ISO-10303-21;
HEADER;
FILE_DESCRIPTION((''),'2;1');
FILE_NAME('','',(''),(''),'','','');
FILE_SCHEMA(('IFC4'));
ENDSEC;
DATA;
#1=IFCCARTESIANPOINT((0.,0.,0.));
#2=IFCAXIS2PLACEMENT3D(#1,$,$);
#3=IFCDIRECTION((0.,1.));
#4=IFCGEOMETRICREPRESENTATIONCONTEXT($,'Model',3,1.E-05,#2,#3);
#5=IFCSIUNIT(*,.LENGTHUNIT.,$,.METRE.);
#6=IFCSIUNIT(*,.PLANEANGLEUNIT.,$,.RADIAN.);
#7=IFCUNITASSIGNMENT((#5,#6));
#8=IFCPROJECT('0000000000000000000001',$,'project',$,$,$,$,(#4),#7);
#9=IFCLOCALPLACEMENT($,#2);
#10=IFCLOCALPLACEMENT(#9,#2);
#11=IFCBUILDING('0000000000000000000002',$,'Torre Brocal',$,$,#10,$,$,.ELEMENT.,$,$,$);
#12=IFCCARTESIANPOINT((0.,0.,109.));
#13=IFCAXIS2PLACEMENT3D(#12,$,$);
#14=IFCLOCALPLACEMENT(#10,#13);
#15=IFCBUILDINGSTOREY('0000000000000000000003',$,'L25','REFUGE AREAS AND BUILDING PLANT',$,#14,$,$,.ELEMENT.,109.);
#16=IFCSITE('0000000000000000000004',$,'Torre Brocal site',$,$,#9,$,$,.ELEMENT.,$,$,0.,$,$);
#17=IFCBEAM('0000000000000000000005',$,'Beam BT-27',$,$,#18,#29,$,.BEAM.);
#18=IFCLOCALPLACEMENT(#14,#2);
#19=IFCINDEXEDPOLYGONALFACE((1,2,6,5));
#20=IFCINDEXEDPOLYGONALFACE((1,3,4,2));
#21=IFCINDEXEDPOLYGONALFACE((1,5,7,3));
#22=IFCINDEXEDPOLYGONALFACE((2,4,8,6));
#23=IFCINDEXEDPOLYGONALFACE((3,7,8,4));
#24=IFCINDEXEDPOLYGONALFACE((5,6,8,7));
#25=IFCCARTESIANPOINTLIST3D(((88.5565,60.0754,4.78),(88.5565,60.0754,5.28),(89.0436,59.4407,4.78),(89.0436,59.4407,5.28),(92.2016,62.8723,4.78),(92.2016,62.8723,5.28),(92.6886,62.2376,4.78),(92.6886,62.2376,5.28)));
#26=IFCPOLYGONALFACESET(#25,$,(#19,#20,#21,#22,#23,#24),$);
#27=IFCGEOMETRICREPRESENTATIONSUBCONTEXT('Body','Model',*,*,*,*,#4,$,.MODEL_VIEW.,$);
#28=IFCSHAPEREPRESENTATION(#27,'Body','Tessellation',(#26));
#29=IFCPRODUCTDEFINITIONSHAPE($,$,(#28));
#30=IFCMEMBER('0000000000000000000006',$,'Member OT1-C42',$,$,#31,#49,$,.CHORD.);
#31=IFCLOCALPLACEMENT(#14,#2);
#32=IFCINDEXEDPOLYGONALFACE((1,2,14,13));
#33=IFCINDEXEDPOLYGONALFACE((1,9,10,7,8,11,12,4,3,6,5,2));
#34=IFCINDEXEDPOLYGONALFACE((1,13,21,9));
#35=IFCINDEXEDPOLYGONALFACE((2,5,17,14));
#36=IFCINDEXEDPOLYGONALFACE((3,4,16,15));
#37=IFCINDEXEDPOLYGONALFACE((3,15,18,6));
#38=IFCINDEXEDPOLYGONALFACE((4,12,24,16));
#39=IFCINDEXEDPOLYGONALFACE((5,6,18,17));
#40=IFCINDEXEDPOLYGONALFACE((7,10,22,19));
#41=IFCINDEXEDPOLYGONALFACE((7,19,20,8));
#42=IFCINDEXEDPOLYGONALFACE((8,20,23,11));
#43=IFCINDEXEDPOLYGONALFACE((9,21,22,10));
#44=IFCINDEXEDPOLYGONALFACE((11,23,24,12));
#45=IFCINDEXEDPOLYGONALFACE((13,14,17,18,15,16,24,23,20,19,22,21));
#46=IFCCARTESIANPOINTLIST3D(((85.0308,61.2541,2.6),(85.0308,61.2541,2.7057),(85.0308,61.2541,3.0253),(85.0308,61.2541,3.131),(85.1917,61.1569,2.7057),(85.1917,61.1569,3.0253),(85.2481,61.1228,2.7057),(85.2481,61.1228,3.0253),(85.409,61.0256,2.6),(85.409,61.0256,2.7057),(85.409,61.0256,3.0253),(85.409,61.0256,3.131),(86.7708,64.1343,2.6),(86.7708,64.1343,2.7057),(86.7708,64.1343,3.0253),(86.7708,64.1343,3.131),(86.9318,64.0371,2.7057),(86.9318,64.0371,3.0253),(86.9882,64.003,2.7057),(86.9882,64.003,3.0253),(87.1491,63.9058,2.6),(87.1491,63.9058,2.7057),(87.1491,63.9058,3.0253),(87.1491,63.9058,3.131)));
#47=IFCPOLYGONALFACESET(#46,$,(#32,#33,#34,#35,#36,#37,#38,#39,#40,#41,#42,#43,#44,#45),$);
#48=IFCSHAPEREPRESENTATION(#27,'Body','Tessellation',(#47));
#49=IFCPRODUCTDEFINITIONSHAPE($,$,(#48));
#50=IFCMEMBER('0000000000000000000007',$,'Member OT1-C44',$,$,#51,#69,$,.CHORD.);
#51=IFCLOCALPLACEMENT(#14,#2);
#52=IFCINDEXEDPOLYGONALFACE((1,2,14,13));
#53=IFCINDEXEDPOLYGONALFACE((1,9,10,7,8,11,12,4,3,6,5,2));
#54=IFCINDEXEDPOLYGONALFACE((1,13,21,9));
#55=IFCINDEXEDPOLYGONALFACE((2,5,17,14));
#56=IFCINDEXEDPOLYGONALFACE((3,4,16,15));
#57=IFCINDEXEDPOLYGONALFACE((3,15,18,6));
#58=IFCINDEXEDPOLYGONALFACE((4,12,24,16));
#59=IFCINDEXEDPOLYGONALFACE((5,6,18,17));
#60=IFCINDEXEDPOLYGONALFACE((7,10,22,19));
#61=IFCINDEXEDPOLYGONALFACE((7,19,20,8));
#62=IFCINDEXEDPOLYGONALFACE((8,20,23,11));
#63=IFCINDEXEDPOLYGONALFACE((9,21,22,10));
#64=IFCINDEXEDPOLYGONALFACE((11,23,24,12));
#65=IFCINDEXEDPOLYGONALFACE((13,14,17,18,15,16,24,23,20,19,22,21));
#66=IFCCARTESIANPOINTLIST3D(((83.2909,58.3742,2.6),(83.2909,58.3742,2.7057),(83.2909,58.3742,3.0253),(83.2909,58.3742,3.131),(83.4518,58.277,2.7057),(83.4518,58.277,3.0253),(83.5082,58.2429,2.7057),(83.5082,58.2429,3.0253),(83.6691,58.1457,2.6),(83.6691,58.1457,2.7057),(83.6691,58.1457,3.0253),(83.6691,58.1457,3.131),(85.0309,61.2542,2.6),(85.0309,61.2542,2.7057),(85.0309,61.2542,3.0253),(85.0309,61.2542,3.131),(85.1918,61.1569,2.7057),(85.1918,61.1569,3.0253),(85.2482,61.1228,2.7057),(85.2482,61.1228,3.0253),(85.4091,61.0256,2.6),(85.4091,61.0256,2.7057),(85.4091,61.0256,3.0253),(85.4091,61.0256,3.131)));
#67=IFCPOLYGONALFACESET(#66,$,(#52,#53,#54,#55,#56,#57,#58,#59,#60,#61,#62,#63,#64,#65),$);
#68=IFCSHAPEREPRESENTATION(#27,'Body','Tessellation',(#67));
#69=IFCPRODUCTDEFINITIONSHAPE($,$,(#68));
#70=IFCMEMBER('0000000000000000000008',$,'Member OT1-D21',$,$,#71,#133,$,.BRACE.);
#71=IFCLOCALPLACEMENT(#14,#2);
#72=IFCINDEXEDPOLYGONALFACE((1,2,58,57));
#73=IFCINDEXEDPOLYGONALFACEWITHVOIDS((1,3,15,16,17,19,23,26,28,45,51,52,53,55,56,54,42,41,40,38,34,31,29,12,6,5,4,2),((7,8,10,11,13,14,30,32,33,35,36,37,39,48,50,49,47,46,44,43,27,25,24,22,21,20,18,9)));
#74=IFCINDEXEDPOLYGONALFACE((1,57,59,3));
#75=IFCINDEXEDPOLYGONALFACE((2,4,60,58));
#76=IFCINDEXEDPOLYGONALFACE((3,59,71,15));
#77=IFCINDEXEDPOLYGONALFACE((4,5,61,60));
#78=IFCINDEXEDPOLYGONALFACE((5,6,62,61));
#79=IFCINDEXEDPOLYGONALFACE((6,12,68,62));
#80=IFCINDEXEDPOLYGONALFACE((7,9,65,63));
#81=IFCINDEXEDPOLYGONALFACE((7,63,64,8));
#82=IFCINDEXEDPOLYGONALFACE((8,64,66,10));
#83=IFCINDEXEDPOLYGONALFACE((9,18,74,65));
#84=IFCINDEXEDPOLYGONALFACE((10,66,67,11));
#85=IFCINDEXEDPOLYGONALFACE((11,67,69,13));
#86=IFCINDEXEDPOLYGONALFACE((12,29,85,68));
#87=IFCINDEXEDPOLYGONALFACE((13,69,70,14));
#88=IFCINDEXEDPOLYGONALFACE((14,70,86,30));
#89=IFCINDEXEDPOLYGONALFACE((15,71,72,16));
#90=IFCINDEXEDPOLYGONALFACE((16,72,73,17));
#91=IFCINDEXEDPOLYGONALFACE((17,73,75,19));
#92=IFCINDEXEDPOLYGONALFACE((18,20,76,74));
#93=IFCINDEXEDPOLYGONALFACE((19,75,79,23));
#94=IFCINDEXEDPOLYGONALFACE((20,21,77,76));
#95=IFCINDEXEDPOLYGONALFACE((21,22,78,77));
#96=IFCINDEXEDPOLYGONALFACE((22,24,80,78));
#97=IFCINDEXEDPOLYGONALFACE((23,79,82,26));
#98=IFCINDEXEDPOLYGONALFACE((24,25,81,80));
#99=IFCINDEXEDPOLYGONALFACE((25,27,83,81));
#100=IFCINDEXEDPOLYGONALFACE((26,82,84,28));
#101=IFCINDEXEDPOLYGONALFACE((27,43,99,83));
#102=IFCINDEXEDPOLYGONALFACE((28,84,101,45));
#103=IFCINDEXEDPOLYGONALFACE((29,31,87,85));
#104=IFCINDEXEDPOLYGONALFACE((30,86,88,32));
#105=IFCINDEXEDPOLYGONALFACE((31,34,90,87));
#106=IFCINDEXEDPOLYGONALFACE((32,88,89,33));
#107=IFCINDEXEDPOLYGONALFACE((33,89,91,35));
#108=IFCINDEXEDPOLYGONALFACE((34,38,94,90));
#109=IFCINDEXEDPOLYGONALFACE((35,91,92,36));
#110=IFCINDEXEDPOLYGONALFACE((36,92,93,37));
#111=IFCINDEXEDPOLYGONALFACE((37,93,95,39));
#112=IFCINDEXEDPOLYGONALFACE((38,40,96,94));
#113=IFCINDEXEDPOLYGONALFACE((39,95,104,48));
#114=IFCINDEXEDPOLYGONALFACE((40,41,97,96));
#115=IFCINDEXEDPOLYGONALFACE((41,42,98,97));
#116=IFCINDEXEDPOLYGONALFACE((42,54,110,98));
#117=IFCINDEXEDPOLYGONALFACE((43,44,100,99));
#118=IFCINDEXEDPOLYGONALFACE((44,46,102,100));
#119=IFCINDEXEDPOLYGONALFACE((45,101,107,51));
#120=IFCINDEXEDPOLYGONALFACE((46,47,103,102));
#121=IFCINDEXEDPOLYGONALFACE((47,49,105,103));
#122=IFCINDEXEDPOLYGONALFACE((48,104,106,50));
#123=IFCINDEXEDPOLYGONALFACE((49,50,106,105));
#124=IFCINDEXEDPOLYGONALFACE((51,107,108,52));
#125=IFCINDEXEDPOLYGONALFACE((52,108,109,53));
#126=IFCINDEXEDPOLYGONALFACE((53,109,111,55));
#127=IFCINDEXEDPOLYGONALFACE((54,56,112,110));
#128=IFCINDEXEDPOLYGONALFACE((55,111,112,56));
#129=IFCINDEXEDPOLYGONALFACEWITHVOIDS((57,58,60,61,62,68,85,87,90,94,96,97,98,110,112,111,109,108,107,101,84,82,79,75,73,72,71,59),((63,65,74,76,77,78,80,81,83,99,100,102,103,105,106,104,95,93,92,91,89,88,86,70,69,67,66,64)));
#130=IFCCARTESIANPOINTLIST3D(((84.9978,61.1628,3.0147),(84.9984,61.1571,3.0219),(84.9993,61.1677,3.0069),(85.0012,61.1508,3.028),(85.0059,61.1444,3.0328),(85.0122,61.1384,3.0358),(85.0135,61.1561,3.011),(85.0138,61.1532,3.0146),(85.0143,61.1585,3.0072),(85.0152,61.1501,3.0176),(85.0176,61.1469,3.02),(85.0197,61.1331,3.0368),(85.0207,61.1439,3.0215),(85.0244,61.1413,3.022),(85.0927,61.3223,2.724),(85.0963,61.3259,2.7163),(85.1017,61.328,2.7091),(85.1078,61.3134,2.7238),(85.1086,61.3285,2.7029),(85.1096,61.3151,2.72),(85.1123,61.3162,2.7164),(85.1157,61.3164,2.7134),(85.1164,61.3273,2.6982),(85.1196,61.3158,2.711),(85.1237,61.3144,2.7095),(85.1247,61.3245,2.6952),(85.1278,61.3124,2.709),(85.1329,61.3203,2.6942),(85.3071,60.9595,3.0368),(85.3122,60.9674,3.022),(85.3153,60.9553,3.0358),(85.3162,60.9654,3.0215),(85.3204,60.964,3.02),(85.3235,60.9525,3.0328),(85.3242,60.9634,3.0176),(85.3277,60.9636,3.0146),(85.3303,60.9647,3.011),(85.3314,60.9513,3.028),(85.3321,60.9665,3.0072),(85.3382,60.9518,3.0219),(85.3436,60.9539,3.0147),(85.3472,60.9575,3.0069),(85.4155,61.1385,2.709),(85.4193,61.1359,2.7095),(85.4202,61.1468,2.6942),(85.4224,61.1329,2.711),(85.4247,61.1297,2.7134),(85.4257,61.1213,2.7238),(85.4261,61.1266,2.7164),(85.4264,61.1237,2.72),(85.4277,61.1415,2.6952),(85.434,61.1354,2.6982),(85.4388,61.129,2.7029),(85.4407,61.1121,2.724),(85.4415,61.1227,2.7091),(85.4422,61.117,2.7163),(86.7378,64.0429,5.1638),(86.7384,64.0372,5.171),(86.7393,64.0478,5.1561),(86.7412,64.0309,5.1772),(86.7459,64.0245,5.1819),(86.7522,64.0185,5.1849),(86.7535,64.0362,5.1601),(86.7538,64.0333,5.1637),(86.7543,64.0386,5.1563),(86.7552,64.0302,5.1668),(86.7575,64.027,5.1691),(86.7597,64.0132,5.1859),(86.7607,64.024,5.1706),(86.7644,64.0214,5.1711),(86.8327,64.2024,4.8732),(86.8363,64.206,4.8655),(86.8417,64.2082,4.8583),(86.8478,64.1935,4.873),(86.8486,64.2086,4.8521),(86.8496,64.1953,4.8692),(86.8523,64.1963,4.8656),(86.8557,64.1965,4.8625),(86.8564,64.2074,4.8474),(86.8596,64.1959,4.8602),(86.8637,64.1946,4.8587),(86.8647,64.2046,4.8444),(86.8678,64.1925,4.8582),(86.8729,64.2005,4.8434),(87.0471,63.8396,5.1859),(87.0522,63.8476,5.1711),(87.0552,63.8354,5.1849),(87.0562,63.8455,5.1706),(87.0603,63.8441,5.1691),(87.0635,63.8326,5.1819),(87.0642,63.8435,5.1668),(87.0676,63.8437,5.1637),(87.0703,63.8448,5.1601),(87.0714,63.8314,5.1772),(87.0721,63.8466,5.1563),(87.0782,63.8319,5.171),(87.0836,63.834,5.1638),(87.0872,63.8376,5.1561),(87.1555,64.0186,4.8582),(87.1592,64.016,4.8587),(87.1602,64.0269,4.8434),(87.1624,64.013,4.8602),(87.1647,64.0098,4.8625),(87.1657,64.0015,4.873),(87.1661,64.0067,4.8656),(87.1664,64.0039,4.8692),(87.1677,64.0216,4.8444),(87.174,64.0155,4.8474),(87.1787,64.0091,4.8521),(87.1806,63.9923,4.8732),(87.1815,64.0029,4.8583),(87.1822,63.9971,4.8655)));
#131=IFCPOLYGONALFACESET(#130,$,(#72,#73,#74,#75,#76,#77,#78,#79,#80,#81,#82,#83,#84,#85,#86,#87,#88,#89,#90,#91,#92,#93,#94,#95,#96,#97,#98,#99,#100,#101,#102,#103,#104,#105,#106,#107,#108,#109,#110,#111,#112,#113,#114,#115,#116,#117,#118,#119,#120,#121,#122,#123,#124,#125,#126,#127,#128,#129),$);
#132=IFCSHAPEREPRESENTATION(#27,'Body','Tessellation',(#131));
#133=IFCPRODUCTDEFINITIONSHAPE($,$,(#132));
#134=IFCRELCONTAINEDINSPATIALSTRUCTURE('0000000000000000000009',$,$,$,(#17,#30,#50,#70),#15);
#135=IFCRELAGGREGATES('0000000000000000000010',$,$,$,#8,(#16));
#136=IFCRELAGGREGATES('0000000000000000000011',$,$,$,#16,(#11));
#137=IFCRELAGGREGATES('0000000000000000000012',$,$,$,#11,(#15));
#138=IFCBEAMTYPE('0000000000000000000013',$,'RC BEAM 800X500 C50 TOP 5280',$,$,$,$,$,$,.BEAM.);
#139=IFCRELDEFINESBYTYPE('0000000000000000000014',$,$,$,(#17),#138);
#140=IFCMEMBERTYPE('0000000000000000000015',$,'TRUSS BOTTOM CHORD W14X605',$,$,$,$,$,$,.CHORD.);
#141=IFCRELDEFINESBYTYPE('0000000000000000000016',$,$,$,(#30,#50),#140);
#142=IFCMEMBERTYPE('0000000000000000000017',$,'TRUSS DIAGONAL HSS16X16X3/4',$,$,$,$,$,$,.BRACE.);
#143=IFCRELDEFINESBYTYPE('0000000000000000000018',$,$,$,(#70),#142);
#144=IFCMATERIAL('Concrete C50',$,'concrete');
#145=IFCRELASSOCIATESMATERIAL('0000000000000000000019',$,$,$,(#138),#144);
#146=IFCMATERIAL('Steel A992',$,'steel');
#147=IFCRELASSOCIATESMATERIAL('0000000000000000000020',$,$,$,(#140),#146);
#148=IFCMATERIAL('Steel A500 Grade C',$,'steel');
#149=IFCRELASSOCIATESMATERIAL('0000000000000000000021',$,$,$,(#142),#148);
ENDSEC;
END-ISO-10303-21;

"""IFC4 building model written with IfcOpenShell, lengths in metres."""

from ifc_helpers import new_model, si_unit, direction, frame, origin, origin_2d, place, context, subcontext, project, spatial, rectangle, hollow_rectangle, i_section, extrude, material, material_profile, profile_set, type_object, element, save


model = new_model("IFC4")

# Units and contexts
model_context = context("Model", 3, precision=1e-05, world=origin(), true_north=direction((0.0, 1.0)))
body_context = subcontext(model_context, "Body", "Model", "MODEL_VIEW")
ifc_project = project(units=[si_unit("LENGTHUNIT", "METRE"), si_unit("PLANEANGLEUNIT", "RADIAN")], contexts=[model_context])

# Site, building, storey
site_placement = place(None, origin())
site = spatial("IfcSite", under=ifc_project, at=site_placement, Name="Torre Brocal site", CompositionType="ELEMENT", RefElevation=0.0)
building_placement = place(site_placement, origin())
building = spatial("IfcBuilding", under=site, at=building_placement, Name="Torre Brocal", CompositionType="ELEMENT")
storey_placement = place(building_placement, frame((0.0, 0.0, 109.0)))
storey = spatial("IfcBuildingStorey", under=building, at=storey_placement, Name="L25", Description="REFUGE AREAS AND BUILDING PLANT", CompositionType="ELEMENT", Elevation=109.0)

# Beam
ifc_material_1 = material(Name="Concrete C50", Category="concrete")
ifc_material_profile_1 = material_profile(ifc_material_1, rectangle(XDim=0.8, YDim=0.5, at=origin_2d()), Name="RC 800X500")
ifc_profile_set_1 = profile_set([ifc_material_profile_1], Name="Concrete C50")
beam_type_1 = type_object("IfcBeamType", Name="RC BEAM 800X500 C50 TOP 5280", PredefinedType="BEAM", material=ifc_profile_set_1)
beam_1_placement = place(storey_placement, frame((88.8, 59.7581, 5.03), z_axis=(0.793358, 0.608755, 0.0), x_axis=(-0.608755, 0.793358, 0.0)))
element("IfcBeam", 1, at=beam_1_placement, inside=storey, type_object=beam_type_1, Name="Beam BT-27", PredefinedType="BEAM", context=body_context, shape_type="SweptSolid", body=[
    extrude(rectangle(XDim=0.8, YDim=0.5, at=origin_2d()), origin(), (0.0, 0.0, 1.0), 4.5945),
])

# Members
ifc_material_2 = material(Name="Steel A992", Category="steel")
ifc_material_profile_2 = material_profile(ifc_material_2, i_section(OverallWidth=0.4419, OverallDepth=0.531, WebThickness=0.0659, FlangeThickness=0.1057, at=origin_2d()), Name="W14X605")
ifc_profile_set_2 = profile_set([ifc_material_profile_2], Name="Steel A992")
member_type_1 = type_object("IfcMemberType", Name="TRUSS BOTTOM CHORD W14X605", PredefinedType="CHORD", material=ifc_profile_set_2)
member_1_placement = place(storey_placement, frame((86.96, 64.02, 2.8655), z_axis=(-0.517097, -0.855927, 0.0), x_axis=(0.855927, -0.517097, 0.0)))
element("IfcMember", 2, at=member_1_placement, inside=storey, type_object=member_type_1, Name="Member OT1-C42", PredefinedType="CHORD", context=body_context, shape_type="SweptSolid", body=[
    extrude(i_section(OverallWidth=0.4419, OverallDepth=0.531, WebThickness=0.0659, FlangeThickness=0.1057, at=origin_2d()), origin(), (0.0, 0.0, 1.0), 3.365),
])
member_2_placement = place(storey_placement, frame((85.22, 61.1399, 2.8655), z_axis=(-0.517129, -0.855908, 0.0), x_axis=(0.855908, -0.517129, 0.0)))
element("IfcMember", 3, at=member_2_placement, inside=storey, type_object=member_type_1, Name="Member OT1-C44", PredefinedType="CHORD", context=body_context, shape_type="SweptSolid", body=[
    extrude(i_section(OverallWidth=0.4419, OverallDepth=0.531, WebThickness=0.0659, FlangeThickness=0.1057, at=origin_2d()), origin(), (0.0, 0.0, 1.0), 3.3647),
])
ifc_material_3 = material(Name="Steel A500 Grade C", Category="steel")
ifc_material_profile_3 = material_profile(ifc_material_3, hollow_rectangle(XDim=0.4065, YDim=0.4065, WallThickness=0.0176, InnerFilletRadius=0.0176, OuterFilletRadius=0.0354, at=origin_2d()), Name="HSS16X16X3/4")
ifc_profile_set_3 = profile_set([ifc_material_profile_3], Name="Steel A500 Grade C")
member_type_2 = type_object("IfcMemberType", Name="TRUSS DIAGONAL HSS16X16X3/4", PredefinedType="BRACE", material=ifc_profile_set_3)
member_3_placement = place(storey_placement, frame((86.96, 64.02, 5.0146), z_axis=(-0.435793, -0.721349, -0.538275), x_axis=(0.855927, -0.517097, 0.0)))
element("IfcMember", 4, at=member_3_placement, inside=storey, type_object=member_type_2, Name="Member OT1-D21", PredefinedType="BRACE", context=body_context, shape_type="SweptSolid", body=[
    extrude(hollow_rectangle(XDim=0.4065, YDim=0.4065, WallThickness=0.0176, InnerFilletRadius=0.0176, OuterFilletRadius=0.0354, at=origin_2d()), origin(), (0.0, 0.0, 1.0), 3.9927),
])

save(model, "model.ifc")
